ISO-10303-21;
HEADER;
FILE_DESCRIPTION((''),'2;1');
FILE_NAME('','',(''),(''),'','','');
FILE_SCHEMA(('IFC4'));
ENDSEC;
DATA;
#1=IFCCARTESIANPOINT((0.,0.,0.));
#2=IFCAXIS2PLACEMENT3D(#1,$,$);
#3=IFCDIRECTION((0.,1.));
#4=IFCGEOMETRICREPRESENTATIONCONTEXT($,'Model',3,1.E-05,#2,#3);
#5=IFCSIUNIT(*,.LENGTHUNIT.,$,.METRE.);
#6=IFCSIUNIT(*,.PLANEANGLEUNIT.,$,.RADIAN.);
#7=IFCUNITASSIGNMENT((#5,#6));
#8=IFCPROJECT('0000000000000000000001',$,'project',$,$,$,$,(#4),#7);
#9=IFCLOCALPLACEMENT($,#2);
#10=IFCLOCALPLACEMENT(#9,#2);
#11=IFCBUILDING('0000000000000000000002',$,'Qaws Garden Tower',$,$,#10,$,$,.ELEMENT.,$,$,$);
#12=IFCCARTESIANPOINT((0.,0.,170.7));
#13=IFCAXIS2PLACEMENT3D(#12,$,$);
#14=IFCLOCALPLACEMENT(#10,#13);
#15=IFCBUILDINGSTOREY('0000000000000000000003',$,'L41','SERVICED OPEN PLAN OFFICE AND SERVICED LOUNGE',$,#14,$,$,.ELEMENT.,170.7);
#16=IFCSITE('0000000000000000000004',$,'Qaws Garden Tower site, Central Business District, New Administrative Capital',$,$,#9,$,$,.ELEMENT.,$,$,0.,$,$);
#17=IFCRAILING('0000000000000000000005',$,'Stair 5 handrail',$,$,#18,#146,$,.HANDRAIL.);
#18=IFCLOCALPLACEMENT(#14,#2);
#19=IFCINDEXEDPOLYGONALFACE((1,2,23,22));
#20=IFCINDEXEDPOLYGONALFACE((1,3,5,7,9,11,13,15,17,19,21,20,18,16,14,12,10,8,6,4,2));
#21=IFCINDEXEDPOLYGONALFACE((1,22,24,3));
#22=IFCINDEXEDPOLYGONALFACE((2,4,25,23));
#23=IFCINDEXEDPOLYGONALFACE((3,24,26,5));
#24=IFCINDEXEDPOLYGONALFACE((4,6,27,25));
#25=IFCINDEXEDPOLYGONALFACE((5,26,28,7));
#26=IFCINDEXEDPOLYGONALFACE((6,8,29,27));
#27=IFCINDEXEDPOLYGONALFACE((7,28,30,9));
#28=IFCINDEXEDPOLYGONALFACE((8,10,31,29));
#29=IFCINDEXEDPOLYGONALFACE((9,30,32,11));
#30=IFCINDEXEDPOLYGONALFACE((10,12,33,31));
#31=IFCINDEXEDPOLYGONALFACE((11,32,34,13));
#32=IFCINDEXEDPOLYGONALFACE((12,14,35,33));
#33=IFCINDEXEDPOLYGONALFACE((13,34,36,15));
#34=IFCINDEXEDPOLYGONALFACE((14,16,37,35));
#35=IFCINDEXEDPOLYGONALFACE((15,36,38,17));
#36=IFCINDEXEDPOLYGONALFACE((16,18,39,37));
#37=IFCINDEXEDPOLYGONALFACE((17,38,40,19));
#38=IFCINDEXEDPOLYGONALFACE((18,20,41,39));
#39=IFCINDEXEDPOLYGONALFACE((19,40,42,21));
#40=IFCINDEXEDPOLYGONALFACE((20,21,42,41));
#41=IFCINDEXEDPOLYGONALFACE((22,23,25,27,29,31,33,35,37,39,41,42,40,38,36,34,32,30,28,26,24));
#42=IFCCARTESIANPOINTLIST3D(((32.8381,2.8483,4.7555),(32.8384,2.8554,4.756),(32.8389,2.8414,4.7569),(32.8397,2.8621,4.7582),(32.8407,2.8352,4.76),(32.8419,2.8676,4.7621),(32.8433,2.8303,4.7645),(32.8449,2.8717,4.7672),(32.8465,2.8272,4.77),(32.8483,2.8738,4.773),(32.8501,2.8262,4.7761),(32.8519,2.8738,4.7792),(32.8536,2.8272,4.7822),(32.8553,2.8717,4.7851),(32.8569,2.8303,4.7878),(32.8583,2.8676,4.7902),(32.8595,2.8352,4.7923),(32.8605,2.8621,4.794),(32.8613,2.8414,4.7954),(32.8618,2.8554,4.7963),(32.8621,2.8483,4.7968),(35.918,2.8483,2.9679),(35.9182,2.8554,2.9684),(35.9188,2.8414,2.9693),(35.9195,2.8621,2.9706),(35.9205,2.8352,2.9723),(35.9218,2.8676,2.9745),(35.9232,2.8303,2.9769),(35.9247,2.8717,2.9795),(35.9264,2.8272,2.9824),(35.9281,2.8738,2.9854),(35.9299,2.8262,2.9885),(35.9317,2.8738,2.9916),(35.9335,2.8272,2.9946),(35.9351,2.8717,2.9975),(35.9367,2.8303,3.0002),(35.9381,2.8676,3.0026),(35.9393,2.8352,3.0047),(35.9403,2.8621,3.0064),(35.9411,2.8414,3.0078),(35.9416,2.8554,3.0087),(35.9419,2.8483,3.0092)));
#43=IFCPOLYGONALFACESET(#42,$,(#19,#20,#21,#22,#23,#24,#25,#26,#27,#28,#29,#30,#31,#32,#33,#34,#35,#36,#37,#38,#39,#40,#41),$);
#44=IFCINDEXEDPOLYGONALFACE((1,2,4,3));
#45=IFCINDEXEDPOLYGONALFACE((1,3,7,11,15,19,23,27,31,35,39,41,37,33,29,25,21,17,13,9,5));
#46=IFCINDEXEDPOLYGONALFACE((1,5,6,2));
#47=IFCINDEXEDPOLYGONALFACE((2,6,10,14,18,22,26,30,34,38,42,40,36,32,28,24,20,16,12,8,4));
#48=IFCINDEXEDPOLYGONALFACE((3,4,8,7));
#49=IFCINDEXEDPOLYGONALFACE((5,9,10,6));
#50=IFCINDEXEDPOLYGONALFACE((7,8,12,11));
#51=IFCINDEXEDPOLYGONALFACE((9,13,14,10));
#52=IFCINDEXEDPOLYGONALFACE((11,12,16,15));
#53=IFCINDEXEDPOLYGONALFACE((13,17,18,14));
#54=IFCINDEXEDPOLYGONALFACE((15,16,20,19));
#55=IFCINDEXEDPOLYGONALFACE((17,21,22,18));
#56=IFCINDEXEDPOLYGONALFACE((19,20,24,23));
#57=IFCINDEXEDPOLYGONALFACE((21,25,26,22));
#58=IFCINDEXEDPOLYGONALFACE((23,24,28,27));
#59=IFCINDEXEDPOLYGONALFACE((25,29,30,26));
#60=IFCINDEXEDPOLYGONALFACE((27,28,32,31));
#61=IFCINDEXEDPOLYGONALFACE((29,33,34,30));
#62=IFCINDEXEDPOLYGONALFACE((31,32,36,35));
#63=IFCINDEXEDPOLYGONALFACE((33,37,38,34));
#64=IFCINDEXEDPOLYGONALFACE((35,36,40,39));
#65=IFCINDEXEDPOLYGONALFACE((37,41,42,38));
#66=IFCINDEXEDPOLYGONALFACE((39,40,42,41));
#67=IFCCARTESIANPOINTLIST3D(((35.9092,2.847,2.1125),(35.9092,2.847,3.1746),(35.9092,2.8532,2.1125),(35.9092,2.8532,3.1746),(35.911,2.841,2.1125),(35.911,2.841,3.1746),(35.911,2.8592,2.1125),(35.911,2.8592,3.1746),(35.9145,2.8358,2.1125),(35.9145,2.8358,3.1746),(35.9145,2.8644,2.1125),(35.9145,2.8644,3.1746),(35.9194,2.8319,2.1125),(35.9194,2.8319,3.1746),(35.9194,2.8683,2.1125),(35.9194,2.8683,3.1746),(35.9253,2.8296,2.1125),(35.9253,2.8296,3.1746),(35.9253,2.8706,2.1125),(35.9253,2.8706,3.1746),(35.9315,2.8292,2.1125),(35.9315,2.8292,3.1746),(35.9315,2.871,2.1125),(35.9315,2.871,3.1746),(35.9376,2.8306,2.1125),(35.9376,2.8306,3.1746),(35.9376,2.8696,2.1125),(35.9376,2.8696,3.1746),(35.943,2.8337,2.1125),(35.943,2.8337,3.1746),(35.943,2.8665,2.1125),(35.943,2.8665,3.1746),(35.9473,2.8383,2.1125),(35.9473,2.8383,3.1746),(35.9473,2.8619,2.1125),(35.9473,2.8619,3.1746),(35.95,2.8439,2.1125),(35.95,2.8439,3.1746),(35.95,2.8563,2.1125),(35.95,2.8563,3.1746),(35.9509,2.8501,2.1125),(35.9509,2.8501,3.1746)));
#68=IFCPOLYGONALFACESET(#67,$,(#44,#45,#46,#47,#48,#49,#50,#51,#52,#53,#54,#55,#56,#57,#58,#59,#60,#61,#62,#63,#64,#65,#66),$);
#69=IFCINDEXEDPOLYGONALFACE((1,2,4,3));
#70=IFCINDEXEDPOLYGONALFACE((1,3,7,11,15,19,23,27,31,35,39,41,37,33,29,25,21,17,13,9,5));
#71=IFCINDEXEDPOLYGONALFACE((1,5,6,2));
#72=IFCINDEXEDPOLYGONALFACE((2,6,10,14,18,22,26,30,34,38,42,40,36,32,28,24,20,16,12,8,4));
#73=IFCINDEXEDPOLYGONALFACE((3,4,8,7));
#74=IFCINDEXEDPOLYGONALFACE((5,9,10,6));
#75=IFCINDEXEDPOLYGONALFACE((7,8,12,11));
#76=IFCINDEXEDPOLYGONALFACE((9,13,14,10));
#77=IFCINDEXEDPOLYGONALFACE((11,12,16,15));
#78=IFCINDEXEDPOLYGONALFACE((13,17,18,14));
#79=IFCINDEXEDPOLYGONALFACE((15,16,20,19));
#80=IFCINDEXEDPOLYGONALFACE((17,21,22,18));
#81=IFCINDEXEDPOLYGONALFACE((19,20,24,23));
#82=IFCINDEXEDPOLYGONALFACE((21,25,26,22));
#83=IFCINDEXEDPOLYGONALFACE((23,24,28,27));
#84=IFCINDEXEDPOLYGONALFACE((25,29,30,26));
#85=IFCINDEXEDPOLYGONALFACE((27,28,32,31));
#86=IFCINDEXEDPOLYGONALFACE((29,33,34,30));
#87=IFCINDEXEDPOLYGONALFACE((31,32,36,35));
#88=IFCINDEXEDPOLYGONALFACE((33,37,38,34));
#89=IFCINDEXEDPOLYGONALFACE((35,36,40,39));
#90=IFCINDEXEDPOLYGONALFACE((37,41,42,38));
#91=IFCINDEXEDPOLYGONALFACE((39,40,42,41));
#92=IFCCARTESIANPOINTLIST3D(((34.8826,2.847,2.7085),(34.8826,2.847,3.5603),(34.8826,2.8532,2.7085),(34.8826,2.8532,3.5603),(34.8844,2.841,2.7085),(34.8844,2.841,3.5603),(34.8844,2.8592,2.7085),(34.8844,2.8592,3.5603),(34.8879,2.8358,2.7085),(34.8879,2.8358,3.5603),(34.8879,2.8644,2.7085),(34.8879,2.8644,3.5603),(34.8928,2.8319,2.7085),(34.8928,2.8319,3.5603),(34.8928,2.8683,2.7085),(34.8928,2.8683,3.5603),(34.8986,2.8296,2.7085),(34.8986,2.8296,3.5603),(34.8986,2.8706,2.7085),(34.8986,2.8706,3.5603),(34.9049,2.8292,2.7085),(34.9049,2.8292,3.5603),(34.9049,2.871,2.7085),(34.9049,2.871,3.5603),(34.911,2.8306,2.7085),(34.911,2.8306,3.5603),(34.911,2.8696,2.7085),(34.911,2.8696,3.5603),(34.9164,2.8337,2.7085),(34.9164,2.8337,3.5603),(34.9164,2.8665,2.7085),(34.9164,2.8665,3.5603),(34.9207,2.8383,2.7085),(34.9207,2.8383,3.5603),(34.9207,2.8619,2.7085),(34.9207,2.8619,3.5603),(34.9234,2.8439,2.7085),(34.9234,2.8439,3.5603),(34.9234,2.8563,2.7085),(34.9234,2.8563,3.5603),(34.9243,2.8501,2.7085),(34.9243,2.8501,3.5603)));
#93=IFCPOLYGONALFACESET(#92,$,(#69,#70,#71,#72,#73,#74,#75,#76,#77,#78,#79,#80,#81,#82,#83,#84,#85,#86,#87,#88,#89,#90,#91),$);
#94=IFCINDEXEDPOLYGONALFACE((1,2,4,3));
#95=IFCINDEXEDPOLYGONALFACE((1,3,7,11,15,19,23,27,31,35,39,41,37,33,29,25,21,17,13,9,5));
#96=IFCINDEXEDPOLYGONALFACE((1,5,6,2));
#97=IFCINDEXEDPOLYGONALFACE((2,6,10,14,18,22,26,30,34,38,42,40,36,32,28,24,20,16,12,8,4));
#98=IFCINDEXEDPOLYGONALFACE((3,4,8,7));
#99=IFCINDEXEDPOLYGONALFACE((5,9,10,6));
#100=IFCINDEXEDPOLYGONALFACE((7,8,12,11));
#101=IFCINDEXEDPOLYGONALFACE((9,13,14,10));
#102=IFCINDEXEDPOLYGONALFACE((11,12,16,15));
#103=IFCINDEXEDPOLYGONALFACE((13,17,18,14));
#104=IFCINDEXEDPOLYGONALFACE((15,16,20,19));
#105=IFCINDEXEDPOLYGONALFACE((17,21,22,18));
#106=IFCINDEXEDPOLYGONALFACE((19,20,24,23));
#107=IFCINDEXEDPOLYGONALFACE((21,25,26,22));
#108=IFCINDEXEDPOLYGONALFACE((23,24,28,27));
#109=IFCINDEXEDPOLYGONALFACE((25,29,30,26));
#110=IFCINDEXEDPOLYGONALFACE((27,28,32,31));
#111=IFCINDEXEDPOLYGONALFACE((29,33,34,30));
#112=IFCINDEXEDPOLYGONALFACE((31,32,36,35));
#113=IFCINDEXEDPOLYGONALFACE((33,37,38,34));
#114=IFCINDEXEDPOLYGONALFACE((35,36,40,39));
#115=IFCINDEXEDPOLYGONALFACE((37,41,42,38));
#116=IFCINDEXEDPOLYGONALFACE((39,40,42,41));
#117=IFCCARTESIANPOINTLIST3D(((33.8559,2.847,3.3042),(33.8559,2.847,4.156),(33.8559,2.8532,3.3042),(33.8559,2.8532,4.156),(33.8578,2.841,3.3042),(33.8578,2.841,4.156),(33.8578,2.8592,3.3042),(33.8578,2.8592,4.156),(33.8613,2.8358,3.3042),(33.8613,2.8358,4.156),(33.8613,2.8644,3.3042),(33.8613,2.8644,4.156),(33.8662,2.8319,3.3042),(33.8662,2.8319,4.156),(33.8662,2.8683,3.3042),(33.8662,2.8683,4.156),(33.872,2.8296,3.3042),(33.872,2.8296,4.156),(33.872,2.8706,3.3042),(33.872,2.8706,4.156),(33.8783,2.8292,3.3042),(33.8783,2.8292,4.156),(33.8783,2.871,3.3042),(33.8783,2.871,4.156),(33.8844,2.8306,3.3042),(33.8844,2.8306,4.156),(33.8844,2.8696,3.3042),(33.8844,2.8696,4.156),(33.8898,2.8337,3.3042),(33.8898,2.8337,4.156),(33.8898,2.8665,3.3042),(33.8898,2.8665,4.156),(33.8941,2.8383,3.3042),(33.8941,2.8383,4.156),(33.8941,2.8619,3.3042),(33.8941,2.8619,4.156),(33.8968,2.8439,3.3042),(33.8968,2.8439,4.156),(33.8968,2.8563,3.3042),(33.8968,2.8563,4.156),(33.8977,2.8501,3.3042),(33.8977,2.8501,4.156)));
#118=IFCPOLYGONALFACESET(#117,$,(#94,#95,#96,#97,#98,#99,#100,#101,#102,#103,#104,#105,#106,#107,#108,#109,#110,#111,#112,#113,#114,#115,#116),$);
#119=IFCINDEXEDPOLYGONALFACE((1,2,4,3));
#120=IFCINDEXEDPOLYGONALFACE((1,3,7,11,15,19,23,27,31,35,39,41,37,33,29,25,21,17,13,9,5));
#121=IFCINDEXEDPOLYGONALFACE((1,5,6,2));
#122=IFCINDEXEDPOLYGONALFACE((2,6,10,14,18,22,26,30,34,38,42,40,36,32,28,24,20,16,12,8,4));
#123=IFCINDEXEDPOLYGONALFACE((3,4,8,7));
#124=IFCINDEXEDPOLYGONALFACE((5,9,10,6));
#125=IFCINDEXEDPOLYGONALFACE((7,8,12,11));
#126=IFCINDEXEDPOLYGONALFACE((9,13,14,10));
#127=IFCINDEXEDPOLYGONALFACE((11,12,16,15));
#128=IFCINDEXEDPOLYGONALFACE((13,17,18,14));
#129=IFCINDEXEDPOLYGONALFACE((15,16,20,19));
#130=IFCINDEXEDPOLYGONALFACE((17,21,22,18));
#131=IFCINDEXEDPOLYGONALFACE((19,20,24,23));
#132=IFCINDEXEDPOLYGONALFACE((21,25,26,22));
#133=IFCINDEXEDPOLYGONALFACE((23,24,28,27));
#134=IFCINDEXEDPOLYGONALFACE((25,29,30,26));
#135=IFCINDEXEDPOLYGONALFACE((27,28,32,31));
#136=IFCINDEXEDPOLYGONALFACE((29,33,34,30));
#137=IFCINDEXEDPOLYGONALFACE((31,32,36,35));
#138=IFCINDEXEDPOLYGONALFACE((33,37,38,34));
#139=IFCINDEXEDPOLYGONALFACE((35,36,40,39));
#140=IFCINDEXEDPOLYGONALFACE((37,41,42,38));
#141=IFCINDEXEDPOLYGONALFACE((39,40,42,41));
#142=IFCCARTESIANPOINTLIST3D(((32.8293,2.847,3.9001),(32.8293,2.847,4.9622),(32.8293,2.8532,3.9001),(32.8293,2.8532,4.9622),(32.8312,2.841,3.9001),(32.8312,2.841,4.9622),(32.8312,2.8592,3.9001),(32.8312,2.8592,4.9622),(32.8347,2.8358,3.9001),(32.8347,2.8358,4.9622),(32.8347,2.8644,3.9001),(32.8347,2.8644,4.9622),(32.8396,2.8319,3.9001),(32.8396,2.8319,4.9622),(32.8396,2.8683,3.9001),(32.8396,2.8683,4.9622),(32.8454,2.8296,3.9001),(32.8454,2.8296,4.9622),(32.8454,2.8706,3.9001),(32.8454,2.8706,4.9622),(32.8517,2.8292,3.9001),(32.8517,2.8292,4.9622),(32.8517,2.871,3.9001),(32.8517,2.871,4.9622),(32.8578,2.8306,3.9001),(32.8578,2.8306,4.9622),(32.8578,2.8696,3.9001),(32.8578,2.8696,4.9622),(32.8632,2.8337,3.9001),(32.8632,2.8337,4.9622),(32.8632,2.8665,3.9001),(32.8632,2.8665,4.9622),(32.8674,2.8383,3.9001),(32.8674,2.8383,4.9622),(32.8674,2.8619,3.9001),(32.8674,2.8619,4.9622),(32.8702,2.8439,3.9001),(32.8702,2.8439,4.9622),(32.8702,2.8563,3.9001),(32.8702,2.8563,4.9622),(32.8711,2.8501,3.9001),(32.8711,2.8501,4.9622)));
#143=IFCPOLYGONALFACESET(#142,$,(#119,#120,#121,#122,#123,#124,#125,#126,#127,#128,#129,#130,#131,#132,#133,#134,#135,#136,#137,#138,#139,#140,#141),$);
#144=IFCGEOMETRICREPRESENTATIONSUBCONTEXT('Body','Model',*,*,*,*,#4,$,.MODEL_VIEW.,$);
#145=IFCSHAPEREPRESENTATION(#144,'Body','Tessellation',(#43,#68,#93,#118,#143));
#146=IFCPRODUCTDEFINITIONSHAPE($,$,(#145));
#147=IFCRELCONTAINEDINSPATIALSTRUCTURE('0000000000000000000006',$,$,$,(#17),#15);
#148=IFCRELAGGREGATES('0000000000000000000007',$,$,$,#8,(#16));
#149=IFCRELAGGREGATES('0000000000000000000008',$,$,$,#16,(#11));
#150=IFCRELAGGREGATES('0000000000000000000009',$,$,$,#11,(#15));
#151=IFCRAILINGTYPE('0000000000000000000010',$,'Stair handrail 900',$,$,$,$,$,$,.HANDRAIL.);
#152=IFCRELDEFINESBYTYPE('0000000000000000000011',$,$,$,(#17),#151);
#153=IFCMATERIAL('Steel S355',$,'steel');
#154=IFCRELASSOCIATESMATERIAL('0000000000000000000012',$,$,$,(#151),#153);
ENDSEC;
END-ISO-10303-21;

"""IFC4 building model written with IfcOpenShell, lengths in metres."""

from ifc_helpers import new_model, si_unit, direction, frame, origin, origin_2d, place, context, subcontext, project, spatial, circle, extrude, material, type_object, element, save


model = new_model("IFC4")

# Units and contexts
model_context = context("Model", 3, precision=1e-05, world=origin(), true_north=direction((0.0, 1.0)))
body_context = subcontext(model_context, "Body", "Model", "MODEL_VIEW")
ifc_project = project(units=[si_unit("LENGTHUNIT", "METRE"), si_unit("PLANEANGLEUNIT", "RADIAN")], contexts=[model_context])

# Site, building, storey
site_placement = place(None, origin())
site = spatial("IfcSite", under=ifc_project, at=site_placement, Name="Qaws Garden Tower site, Central Business District, New Administrative Capital", CompositionType="ELEMENT", RefElevation=0.0)
building_placement = place(site_placement, origin())
building = spatial("IfcBuilding", under=site, at=building_placement, Name="Qaws Garden Tower", CompositionType="ELEMENT")
storey_placement = place(building_placement, frame((0.0, 0.0, 170.7)))
storey = spatial("IfcBuildingStorey", under=building, at=storey_placement, Name="L41", Description="SERVICED OPEN PLAN OFFICE AND SERVICED LOUNGE", CompositionType="ELEMENT", Elevation=170.7)

# Railing
ifc_material_1 = material(Name="Steel S355", Category="steel")
railing_type = type_object("IfcRailingType", Name="Stair handrail 900", PredefinedType="HANDRAIL", material=ifc_material_1)
railing_1_placement = place(storey_placement, frame((35.9299, 2.8501, 2.1125)))
element("IfcRailing", 1, at=railing_1_placement, inside=storey, type_object=railing_type, Name="Stair 5 handrail", PredefinedType="HANDRAIL", context=body_context, shape_type="SweptSolid", body=[
    extrude(circle(Radius=0.0239, at=origin_2d()), frame((0.0, 0.0, 0.876), z_axis=(-0.864873, 0.0, 0.50199), x_axis=(0.0, -1.0, 0.0)), (0.0, 0.0, 1.0), 3.561),
    extrude(circle(Radius=0.021, at=origin_2d()), origin(), (0.0, 0.0, 1.0), 1.062),
    extrude(circle(Radius=0.021, at=origin_2d()), frame((-1.0266, 0.0, 0.5959)), (0.0, 0.0, 1.0), 0.8518),
    extrude(circle(Radius=0.021, at=origin_2d()), frame((-2.0532, 0.0, 1.1917)), (0.0, 0.0, 1.0), 0.8518),
    extrude(circle(Radius=0.021, at=origin_2d()), frame((-3.0798, 0.0, 1.7876)), (0.0, 0.0, 1.0), 1.062),
])

save(model, "model.ifc")
